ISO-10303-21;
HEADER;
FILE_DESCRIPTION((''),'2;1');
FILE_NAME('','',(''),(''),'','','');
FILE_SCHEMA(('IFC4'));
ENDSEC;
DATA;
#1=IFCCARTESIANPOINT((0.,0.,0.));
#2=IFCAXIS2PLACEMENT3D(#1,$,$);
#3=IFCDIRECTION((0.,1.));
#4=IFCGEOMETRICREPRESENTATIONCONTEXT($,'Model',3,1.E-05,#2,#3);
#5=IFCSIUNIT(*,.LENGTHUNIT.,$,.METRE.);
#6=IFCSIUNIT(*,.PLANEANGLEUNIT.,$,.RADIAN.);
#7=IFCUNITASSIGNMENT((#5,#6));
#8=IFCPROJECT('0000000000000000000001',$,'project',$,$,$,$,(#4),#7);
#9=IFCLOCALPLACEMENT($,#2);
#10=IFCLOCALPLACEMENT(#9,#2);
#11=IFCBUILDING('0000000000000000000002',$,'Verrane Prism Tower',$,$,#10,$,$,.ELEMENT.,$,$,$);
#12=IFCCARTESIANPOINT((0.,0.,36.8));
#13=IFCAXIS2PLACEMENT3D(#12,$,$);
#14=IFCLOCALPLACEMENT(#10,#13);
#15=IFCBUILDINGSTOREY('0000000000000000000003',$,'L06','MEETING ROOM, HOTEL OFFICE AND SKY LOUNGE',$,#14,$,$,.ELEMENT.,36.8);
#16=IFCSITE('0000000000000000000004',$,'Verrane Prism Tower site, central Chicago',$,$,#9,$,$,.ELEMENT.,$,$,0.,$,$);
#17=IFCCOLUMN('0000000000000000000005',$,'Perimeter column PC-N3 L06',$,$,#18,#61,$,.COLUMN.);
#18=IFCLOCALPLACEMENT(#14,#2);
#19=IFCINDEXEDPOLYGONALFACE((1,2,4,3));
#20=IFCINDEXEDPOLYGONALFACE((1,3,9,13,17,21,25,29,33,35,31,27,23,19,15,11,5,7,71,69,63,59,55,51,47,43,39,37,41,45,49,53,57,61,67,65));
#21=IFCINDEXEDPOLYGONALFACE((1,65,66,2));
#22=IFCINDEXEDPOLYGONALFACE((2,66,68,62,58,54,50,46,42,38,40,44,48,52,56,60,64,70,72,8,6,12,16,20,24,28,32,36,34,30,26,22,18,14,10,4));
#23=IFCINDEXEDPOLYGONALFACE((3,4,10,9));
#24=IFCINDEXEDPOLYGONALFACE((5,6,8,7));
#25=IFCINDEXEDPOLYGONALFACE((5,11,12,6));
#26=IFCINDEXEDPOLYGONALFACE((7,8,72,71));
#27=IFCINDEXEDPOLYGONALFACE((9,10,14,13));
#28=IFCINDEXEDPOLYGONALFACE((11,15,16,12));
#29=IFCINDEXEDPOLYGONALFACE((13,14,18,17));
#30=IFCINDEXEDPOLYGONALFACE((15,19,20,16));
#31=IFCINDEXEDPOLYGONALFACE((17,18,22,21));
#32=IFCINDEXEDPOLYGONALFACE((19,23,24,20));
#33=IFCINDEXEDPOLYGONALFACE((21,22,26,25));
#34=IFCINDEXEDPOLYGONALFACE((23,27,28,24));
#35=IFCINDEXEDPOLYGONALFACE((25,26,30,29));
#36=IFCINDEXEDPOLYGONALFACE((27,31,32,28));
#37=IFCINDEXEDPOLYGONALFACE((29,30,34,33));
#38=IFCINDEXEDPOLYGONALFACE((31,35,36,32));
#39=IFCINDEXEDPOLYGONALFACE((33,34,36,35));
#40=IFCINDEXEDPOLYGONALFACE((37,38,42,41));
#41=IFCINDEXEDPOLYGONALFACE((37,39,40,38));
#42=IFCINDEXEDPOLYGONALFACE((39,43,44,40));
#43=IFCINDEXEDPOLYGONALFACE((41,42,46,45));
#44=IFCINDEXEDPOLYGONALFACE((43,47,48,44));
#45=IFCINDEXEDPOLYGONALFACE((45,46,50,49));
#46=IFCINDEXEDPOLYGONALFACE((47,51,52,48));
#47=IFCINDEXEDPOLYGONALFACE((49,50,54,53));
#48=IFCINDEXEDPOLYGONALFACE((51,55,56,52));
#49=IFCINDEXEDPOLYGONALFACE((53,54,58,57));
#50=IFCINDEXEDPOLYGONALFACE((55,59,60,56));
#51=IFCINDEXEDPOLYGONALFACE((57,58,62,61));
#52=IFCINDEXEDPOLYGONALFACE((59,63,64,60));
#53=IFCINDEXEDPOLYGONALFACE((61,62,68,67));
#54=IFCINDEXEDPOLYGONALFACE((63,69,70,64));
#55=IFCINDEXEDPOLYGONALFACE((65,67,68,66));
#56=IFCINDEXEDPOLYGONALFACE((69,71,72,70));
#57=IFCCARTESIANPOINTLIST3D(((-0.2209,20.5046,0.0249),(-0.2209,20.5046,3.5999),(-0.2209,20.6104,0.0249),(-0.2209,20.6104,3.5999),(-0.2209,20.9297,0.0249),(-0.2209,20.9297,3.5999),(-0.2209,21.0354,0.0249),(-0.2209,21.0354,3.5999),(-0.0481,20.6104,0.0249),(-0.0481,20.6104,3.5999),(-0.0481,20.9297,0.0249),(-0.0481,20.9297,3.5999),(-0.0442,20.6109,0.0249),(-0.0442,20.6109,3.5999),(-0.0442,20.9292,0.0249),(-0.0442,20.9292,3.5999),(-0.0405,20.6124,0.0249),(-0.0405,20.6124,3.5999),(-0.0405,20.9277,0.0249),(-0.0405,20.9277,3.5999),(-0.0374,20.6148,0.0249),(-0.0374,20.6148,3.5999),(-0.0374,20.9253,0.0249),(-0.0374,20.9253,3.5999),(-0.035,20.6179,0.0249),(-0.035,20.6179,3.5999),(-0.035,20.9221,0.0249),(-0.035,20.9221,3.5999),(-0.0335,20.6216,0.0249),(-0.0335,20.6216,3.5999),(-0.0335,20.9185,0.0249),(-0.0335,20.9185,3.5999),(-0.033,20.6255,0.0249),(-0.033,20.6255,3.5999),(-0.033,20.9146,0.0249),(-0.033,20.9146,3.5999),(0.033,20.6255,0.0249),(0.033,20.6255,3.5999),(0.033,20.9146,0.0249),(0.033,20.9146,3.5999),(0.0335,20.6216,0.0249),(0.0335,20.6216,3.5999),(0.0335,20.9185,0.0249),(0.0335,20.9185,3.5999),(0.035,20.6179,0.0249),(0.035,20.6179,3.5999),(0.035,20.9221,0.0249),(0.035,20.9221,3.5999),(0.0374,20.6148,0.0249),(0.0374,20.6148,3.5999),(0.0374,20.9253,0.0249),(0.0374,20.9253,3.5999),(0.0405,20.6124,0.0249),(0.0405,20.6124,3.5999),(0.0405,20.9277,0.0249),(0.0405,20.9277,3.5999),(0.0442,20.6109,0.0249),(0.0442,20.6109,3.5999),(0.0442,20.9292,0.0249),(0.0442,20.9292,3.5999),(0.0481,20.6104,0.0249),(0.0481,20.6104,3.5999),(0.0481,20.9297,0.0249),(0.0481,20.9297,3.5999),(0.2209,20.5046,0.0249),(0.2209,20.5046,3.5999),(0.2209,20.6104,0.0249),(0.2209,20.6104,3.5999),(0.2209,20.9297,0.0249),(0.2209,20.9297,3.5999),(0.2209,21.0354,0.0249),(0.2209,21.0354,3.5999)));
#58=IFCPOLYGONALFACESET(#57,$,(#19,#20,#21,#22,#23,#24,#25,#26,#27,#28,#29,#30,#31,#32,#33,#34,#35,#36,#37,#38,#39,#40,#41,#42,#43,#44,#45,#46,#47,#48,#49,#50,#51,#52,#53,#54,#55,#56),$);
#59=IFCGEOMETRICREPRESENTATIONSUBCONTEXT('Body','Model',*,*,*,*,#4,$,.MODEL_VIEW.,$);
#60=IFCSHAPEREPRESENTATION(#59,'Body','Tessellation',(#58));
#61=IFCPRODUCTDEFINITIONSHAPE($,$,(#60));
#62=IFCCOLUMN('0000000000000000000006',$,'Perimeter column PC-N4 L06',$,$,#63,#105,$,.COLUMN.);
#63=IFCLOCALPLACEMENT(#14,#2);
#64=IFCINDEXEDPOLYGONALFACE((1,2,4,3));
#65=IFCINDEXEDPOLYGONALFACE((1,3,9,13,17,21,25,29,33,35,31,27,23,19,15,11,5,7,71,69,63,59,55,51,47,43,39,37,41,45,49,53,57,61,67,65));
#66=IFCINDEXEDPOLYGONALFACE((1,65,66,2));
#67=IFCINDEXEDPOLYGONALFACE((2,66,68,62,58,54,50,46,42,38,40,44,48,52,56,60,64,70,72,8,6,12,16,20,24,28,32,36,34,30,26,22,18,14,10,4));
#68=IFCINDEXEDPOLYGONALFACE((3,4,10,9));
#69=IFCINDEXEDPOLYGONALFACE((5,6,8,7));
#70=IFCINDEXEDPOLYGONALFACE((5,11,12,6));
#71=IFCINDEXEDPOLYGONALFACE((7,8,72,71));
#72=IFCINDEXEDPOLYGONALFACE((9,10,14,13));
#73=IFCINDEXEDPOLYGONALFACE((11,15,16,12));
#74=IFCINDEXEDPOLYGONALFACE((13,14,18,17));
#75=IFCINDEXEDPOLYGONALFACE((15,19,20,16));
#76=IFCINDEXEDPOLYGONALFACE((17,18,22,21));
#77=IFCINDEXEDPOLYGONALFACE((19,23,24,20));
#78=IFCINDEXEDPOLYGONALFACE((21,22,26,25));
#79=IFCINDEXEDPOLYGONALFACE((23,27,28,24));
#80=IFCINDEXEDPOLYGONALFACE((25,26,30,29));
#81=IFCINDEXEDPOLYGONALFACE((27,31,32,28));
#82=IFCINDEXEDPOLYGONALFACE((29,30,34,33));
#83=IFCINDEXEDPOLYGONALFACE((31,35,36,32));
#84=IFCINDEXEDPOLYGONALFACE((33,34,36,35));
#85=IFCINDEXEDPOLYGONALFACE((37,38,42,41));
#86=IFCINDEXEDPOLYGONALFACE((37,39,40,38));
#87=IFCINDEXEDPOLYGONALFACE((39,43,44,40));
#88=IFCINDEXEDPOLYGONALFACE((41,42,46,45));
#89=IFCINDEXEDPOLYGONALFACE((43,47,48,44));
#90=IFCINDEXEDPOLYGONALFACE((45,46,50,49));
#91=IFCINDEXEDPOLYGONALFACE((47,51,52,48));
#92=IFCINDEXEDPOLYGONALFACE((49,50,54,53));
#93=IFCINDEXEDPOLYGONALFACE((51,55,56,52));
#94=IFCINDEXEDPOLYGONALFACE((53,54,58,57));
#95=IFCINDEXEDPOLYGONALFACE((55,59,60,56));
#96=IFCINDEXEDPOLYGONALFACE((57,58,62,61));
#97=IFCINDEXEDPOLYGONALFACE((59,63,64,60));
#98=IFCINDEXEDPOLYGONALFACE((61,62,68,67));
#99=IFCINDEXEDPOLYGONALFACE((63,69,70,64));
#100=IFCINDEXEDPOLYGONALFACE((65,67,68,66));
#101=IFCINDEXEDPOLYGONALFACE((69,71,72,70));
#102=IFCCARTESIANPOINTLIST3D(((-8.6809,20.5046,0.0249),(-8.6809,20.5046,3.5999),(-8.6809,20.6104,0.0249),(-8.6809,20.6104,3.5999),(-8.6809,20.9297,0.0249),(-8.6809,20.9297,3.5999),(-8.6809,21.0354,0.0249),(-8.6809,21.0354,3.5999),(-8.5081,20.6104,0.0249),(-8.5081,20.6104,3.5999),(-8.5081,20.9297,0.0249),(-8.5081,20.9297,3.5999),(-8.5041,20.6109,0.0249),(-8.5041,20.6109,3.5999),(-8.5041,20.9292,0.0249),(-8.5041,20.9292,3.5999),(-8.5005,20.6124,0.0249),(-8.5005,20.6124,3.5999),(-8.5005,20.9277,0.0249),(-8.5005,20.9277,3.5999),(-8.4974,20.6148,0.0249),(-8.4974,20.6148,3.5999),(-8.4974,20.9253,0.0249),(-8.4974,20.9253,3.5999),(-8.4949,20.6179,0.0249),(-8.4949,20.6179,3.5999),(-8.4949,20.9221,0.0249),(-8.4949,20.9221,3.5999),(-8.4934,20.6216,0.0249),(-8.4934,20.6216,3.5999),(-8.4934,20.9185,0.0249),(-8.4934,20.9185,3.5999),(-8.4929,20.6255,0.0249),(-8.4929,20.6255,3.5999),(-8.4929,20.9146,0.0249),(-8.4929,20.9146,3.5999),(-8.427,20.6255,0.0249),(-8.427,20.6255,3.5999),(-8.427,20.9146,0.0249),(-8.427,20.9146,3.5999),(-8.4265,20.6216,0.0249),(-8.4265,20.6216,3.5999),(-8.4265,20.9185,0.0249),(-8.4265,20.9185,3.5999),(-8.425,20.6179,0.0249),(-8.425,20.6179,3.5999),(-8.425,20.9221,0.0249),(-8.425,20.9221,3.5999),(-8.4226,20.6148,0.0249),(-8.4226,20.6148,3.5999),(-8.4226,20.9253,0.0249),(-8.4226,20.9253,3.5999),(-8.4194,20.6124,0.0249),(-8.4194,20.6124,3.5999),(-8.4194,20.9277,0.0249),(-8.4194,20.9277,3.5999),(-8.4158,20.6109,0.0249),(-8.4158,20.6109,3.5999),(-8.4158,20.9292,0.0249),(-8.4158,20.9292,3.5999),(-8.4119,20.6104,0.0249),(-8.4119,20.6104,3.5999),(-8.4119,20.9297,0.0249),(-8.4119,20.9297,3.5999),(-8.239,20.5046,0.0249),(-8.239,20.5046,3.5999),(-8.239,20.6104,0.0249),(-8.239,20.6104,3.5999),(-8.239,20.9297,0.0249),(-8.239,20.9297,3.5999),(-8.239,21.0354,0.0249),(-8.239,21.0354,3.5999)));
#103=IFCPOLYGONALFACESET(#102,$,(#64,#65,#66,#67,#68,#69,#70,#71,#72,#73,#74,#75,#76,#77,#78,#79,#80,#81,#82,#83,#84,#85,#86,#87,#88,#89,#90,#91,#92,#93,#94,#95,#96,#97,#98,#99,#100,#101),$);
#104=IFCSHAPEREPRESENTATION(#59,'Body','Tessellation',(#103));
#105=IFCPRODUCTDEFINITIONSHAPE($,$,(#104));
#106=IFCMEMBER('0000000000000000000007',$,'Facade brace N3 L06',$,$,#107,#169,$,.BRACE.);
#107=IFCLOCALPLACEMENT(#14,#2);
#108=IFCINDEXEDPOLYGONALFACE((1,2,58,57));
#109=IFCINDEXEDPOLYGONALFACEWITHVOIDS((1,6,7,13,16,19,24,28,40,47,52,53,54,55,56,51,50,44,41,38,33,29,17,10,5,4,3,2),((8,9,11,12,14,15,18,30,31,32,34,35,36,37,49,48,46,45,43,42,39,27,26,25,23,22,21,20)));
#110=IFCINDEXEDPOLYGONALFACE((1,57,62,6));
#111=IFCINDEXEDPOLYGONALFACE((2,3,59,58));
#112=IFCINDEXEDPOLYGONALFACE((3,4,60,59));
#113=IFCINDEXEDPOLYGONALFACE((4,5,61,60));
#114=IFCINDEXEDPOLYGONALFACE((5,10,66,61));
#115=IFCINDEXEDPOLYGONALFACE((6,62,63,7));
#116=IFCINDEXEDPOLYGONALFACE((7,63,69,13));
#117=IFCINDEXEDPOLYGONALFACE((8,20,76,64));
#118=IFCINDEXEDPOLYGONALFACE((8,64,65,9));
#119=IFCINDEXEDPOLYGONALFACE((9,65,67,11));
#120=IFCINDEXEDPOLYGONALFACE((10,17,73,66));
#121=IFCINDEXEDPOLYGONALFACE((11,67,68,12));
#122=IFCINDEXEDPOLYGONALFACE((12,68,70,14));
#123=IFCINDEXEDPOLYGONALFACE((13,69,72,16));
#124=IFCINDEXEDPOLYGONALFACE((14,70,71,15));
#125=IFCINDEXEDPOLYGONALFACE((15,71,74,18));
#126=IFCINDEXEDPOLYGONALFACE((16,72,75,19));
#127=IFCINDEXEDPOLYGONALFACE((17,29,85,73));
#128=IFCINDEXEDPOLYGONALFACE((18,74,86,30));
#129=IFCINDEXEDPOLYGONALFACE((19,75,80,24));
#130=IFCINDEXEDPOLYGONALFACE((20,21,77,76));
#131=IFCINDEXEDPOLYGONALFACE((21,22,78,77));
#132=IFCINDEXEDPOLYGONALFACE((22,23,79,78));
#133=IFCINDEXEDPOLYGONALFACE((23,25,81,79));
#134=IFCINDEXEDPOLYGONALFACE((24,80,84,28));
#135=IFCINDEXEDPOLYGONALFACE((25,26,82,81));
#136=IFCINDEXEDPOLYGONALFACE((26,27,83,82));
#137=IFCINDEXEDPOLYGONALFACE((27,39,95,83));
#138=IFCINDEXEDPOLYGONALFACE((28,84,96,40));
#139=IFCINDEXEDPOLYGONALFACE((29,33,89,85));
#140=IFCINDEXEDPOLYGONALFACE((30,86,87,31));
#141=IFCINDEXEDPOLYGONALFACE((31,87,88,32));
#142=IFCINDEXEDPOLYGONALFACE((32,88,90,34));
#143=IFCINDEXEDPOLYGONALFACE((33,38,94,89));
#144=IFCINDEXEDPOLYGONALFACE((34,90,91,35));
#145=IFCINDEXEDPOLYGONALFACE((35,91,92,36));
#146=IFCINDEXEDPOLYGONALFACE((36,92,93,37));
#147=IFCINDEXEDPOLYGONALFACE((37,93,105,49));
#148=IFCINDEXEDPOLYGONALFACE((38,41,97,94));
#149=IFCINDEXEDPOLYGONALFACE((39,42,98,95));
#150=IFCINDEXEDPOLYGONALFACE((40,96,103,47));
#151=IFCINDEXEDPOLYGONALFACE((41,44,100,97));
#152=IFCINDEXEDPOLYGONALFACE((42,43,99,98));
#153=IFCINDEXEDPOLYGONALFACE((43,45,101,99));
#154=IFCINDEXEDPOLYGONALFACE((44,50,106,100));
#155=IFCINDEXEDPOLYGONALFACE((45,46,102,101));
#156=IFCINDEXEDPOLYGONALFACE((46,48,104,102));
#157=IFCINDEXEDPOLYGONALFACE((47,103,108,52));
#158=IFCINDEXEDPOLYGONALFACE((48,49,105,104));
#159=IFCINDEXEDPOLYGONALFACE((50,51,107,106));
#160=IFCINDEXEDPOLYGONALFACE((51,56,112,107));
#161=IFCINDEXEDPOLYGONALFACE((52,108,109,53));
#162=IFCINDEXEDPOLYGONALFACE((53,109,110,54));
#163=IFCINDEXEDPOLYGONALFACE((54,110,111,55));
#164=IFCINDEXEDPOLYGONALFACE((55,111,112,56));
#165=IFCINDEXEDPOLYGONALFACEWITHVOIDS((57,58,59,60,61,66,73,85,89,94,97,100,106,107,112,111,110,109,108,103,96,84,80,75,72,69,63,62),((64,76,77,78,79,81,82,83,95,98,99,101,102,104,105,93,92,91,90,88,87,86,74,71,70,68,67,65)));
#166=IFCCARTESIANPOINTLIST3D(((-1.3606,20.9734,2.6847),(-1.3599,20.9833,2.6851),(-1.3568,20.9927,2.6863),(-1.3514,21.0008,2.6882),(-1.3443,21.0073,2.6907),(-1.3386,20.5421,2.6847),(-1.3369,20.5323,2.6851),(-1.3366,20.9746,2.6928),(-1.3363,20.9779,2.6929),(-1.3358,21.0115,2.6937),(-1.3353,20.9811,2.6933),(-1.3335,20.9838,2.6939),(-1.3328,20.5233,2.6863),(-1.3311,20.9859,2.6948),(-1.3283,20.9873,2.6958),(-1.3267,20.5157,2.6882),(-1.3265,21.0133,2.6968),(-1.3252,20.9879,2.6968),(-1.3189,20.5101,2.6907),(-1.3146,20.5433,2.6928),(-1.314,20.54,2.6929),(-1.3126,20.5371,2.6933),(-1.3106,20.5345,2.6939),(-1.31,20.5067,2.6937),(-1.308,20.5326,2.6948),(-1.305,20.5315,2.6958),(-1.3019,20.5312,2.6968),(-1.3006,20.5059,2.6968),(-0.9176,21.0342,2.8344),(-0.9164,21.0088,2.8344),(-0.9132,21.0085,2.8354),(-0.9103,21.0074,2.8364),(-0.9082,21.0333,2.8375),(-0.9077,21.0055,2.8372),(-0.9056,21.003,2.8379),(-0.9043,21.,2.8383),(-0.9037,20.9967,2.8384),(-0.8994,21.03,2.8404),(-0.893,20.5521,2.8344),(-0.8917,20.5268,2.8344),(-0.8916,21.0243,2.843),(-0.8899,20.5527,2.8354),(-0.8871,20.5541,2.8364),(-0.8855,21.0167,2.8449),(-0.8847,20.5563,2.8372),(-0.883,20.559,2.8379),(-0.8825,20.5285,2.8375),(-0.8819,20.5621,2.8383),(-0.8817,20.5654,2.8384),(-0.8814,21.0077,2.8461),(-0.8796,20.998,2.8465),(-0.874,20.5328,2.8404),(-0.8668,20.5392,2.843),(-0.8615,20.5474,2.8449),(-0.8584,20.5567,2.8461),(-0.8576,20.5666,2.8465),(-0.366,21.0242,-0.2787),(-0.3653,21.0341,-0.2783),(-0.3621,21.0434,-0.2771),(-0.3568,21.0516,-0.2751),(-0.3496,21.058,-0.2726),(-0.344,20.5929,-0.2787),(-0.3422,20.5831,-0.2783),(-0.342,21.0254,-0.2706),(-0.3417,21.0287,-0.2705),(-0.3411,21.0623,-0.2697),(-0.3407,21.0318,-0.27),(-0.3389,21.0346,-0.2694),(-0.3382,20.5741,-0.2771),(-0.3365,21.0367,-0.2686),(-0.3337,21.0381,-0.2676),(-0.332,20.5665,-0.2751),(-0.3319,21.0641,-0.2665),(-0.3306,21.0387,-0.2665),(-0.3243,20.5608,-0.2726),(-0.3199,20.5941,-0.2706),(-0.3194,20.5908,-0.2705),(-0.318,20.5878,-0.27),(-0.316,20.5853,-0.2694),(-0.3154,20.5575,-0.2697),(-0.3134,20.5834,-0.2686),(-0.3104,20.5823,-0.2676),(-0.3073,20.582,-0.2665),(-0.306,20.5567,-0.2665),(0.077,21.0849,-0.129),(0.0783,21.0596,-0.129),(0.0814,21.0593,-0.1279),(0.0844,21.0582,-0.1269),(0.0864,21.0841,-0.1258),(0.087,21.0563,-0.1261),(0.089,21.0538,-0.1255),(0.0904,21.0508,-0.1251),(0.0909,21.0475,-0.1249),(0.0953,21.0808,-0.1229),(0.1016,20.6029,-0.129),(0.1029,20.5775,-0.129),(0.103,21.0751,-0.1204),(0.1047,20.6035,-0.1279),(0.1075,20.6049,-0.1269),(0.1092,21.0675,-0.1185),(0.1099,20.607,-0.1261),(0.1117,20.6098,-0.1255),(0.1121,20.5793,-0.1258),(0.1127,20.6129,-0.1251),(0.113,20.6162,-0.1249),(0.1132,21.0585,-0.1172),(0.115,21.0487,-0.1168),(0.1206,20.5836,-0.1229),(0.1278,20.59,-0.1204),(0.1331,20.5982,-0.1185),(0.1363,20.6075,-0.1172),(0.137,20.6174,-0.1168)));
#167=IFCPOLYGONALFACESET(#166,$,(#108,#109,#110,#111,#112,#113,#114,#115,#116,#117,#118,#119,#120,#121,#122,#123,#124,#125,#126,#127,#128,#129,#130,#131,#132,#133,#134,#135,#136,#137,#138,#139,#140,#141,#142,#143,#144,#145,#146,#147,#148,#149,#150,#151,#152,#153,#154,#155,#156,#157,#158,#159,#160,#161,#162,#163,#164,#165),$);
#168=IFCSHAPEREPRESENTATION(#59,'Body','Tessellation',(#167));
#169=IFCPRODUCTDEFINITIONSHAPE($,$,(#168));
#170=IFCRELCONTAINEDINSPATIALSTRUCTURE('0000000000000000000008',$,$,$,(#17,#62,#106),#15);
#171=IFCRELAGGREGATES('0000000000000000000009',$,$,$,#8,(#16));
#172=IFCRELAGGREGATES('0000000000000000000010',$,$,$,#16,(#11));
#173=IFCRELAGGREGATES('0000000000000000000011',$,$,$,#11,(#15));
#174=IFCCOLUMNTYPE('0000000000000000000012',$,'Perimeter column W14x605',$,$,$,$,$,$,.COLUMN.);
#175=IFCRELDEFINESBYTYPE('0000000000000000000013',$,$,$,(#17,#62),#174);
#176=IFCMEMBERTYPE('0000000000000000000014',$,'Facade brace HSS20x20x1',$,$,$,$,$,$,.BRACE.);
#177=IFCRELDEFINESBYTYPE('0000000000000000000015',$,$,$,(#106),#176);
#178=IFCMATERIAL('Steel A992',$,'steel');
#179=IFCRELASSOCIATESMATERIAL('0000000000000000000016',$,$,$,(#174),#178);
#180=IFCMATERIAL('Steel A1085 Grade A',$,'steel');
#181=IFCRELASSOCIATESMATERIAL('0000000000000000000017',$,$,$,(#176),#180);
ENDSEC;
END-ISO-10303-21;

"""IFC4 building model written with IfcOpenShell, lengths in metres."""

from ifc_helpers import new_model, si_unit, direction, frame, origin, origin_2d, place, context, subcontext, project, spatial, hollow_rectangle, i_section, extrude, material, material_profile, profile_set, type_object, element, save


model = new_model("IFC4")

# Units and contexts
model_context = context("Model", 3, precision=1e-05, world=origin(), true_north=direction((0.0, 1.0)))
body_context = subcontext(model_context, "Body", "Model", "MODEL_VIEW")
ifc_project = project(units=[si_unit("LENGTHUNIT", "METRE"), si_unit("PLANEANGLEUNIT", "RADIAN")], contexts=[model_context])

# Site, building, storey
site_placement = place(None, origin())
site = spatial("IfcSite", under=ifc_project, at=site_placement, Name="Verrane Prism Tower site, central Chicago", CompositionType="ELEMENT", RefElevation=0.0)
building_placement = place(site_placement, origin())
building = spatial("IfcBuilding", under=site, at=building_placement, Name="Verrane Prism Tower", CompositionType="ELEMENT")
storey_placement = place(building_placement, frame((0.0, 0.0, 36.8)))
storey = spatial("IfcBuildingStorey", under=building, at=storey_placement, Name="L06", Description="MEETING ROOM, HOTEL OFFICE AND SKY LOUNGE", CompositionType="ELEMENT", Elevation=36.8)

# Columns
ifc_material_1 = material(Name="Steel A992", Category="steel")
ifc_material_profile_1 = material_profile(ifc_material_1, i_section(OverallWidth=0.4419, OverallDepth=0.5308, WebThickness=0.0659, FlangeThickness=0.1057, FilletRadius=0.0151, at=origin_2d()), Name="W14x605")
ifc_profile_set_1 = profile_set([ifc_material_profile_1], Name="Steel A992")
column_type = type_object("IfcColumnType", Name="Perimeter column W14x605", PredefinedType="COLUMN", material=ifc_profile_set_1)
for number, where, z_axis, x_axis, name in (
    (1, (0.0, 20.77, 0.0249), (0.0, 0.0, 1.0), (1.0, 0.0, 0.0), "Perimeter column PC-N3 L06"),
    (2, (-8.46, 20.77, 0.0249), (0.0, 0.0, 1.0), (1.0, 0.0, 0.0), "Perimeter column PC-N4 L06"),
):
    element("IfcColumn", number, at=place(storey_placement, frame(where, z_axis=z_axis, x_axis=x_axis)), inside=storey, type_object=column_type, Name=name, PredefinedType="COLUMN", context=body_context, shape_type="SweptSolid", body=[
        extrude(i_section(OverallWidth=0.4419, OverallDepth=0.5308, WebThickness=0.0659, FlangeThickness=0.1057, FilletRadius=0.0151, at=origin_2d()), origin(), (0.0, 0.0, 1.0), 3.575),
    ])

# Member
ifc_material_2 = material(Name="Steel A1085 Grade A", Category="steel")
ifc_material_profile_2 = material_profile(ifc_material_2, hollow_rectangle(XDim=0.5081, YDim=0.5081, WallThickness=0.0254, InnerFilletRadius=0.0127, OuterFilletRadius=0.0381, at=origin_2d()), Name="HSS20x20x1")
ifc_profile_set_2 = profile_set([ifc_material_profile_2], Name="Steel A1085 Grade A")
member_type_1 = type_object("IfcMemberType", Name="Facade brace HSS20x20x1", PredefinedType="BRACE", material=ifc_profile_set_2)
member_1_placement = place(storey_placement, frame((-0.1145, 20.8208, -0.1978), z_axis=(-0.318153, -0.016243, 0.9479), x_axis=(0.050989, -0.998699, 0.0)))
element("IfcMember", 3, at=member_1_placement, inside=storey, type_object=member_type_1, Name="Facade brace N3 L06", PredefinedType="BRACE", context=body_context, shape_type="SweptSolid", body=[
    extrude(hollow_rectangle(XDim=0.5081, YDim=0.5081, WallThickness=0.0254, InnerFilletRadius=0.0127, OuterFilletRadius=0.0381, at=origin_2d()), origin(), (0.0, 0.0, 1.0), 3.1262),
])

save(model, "model.ifc")
